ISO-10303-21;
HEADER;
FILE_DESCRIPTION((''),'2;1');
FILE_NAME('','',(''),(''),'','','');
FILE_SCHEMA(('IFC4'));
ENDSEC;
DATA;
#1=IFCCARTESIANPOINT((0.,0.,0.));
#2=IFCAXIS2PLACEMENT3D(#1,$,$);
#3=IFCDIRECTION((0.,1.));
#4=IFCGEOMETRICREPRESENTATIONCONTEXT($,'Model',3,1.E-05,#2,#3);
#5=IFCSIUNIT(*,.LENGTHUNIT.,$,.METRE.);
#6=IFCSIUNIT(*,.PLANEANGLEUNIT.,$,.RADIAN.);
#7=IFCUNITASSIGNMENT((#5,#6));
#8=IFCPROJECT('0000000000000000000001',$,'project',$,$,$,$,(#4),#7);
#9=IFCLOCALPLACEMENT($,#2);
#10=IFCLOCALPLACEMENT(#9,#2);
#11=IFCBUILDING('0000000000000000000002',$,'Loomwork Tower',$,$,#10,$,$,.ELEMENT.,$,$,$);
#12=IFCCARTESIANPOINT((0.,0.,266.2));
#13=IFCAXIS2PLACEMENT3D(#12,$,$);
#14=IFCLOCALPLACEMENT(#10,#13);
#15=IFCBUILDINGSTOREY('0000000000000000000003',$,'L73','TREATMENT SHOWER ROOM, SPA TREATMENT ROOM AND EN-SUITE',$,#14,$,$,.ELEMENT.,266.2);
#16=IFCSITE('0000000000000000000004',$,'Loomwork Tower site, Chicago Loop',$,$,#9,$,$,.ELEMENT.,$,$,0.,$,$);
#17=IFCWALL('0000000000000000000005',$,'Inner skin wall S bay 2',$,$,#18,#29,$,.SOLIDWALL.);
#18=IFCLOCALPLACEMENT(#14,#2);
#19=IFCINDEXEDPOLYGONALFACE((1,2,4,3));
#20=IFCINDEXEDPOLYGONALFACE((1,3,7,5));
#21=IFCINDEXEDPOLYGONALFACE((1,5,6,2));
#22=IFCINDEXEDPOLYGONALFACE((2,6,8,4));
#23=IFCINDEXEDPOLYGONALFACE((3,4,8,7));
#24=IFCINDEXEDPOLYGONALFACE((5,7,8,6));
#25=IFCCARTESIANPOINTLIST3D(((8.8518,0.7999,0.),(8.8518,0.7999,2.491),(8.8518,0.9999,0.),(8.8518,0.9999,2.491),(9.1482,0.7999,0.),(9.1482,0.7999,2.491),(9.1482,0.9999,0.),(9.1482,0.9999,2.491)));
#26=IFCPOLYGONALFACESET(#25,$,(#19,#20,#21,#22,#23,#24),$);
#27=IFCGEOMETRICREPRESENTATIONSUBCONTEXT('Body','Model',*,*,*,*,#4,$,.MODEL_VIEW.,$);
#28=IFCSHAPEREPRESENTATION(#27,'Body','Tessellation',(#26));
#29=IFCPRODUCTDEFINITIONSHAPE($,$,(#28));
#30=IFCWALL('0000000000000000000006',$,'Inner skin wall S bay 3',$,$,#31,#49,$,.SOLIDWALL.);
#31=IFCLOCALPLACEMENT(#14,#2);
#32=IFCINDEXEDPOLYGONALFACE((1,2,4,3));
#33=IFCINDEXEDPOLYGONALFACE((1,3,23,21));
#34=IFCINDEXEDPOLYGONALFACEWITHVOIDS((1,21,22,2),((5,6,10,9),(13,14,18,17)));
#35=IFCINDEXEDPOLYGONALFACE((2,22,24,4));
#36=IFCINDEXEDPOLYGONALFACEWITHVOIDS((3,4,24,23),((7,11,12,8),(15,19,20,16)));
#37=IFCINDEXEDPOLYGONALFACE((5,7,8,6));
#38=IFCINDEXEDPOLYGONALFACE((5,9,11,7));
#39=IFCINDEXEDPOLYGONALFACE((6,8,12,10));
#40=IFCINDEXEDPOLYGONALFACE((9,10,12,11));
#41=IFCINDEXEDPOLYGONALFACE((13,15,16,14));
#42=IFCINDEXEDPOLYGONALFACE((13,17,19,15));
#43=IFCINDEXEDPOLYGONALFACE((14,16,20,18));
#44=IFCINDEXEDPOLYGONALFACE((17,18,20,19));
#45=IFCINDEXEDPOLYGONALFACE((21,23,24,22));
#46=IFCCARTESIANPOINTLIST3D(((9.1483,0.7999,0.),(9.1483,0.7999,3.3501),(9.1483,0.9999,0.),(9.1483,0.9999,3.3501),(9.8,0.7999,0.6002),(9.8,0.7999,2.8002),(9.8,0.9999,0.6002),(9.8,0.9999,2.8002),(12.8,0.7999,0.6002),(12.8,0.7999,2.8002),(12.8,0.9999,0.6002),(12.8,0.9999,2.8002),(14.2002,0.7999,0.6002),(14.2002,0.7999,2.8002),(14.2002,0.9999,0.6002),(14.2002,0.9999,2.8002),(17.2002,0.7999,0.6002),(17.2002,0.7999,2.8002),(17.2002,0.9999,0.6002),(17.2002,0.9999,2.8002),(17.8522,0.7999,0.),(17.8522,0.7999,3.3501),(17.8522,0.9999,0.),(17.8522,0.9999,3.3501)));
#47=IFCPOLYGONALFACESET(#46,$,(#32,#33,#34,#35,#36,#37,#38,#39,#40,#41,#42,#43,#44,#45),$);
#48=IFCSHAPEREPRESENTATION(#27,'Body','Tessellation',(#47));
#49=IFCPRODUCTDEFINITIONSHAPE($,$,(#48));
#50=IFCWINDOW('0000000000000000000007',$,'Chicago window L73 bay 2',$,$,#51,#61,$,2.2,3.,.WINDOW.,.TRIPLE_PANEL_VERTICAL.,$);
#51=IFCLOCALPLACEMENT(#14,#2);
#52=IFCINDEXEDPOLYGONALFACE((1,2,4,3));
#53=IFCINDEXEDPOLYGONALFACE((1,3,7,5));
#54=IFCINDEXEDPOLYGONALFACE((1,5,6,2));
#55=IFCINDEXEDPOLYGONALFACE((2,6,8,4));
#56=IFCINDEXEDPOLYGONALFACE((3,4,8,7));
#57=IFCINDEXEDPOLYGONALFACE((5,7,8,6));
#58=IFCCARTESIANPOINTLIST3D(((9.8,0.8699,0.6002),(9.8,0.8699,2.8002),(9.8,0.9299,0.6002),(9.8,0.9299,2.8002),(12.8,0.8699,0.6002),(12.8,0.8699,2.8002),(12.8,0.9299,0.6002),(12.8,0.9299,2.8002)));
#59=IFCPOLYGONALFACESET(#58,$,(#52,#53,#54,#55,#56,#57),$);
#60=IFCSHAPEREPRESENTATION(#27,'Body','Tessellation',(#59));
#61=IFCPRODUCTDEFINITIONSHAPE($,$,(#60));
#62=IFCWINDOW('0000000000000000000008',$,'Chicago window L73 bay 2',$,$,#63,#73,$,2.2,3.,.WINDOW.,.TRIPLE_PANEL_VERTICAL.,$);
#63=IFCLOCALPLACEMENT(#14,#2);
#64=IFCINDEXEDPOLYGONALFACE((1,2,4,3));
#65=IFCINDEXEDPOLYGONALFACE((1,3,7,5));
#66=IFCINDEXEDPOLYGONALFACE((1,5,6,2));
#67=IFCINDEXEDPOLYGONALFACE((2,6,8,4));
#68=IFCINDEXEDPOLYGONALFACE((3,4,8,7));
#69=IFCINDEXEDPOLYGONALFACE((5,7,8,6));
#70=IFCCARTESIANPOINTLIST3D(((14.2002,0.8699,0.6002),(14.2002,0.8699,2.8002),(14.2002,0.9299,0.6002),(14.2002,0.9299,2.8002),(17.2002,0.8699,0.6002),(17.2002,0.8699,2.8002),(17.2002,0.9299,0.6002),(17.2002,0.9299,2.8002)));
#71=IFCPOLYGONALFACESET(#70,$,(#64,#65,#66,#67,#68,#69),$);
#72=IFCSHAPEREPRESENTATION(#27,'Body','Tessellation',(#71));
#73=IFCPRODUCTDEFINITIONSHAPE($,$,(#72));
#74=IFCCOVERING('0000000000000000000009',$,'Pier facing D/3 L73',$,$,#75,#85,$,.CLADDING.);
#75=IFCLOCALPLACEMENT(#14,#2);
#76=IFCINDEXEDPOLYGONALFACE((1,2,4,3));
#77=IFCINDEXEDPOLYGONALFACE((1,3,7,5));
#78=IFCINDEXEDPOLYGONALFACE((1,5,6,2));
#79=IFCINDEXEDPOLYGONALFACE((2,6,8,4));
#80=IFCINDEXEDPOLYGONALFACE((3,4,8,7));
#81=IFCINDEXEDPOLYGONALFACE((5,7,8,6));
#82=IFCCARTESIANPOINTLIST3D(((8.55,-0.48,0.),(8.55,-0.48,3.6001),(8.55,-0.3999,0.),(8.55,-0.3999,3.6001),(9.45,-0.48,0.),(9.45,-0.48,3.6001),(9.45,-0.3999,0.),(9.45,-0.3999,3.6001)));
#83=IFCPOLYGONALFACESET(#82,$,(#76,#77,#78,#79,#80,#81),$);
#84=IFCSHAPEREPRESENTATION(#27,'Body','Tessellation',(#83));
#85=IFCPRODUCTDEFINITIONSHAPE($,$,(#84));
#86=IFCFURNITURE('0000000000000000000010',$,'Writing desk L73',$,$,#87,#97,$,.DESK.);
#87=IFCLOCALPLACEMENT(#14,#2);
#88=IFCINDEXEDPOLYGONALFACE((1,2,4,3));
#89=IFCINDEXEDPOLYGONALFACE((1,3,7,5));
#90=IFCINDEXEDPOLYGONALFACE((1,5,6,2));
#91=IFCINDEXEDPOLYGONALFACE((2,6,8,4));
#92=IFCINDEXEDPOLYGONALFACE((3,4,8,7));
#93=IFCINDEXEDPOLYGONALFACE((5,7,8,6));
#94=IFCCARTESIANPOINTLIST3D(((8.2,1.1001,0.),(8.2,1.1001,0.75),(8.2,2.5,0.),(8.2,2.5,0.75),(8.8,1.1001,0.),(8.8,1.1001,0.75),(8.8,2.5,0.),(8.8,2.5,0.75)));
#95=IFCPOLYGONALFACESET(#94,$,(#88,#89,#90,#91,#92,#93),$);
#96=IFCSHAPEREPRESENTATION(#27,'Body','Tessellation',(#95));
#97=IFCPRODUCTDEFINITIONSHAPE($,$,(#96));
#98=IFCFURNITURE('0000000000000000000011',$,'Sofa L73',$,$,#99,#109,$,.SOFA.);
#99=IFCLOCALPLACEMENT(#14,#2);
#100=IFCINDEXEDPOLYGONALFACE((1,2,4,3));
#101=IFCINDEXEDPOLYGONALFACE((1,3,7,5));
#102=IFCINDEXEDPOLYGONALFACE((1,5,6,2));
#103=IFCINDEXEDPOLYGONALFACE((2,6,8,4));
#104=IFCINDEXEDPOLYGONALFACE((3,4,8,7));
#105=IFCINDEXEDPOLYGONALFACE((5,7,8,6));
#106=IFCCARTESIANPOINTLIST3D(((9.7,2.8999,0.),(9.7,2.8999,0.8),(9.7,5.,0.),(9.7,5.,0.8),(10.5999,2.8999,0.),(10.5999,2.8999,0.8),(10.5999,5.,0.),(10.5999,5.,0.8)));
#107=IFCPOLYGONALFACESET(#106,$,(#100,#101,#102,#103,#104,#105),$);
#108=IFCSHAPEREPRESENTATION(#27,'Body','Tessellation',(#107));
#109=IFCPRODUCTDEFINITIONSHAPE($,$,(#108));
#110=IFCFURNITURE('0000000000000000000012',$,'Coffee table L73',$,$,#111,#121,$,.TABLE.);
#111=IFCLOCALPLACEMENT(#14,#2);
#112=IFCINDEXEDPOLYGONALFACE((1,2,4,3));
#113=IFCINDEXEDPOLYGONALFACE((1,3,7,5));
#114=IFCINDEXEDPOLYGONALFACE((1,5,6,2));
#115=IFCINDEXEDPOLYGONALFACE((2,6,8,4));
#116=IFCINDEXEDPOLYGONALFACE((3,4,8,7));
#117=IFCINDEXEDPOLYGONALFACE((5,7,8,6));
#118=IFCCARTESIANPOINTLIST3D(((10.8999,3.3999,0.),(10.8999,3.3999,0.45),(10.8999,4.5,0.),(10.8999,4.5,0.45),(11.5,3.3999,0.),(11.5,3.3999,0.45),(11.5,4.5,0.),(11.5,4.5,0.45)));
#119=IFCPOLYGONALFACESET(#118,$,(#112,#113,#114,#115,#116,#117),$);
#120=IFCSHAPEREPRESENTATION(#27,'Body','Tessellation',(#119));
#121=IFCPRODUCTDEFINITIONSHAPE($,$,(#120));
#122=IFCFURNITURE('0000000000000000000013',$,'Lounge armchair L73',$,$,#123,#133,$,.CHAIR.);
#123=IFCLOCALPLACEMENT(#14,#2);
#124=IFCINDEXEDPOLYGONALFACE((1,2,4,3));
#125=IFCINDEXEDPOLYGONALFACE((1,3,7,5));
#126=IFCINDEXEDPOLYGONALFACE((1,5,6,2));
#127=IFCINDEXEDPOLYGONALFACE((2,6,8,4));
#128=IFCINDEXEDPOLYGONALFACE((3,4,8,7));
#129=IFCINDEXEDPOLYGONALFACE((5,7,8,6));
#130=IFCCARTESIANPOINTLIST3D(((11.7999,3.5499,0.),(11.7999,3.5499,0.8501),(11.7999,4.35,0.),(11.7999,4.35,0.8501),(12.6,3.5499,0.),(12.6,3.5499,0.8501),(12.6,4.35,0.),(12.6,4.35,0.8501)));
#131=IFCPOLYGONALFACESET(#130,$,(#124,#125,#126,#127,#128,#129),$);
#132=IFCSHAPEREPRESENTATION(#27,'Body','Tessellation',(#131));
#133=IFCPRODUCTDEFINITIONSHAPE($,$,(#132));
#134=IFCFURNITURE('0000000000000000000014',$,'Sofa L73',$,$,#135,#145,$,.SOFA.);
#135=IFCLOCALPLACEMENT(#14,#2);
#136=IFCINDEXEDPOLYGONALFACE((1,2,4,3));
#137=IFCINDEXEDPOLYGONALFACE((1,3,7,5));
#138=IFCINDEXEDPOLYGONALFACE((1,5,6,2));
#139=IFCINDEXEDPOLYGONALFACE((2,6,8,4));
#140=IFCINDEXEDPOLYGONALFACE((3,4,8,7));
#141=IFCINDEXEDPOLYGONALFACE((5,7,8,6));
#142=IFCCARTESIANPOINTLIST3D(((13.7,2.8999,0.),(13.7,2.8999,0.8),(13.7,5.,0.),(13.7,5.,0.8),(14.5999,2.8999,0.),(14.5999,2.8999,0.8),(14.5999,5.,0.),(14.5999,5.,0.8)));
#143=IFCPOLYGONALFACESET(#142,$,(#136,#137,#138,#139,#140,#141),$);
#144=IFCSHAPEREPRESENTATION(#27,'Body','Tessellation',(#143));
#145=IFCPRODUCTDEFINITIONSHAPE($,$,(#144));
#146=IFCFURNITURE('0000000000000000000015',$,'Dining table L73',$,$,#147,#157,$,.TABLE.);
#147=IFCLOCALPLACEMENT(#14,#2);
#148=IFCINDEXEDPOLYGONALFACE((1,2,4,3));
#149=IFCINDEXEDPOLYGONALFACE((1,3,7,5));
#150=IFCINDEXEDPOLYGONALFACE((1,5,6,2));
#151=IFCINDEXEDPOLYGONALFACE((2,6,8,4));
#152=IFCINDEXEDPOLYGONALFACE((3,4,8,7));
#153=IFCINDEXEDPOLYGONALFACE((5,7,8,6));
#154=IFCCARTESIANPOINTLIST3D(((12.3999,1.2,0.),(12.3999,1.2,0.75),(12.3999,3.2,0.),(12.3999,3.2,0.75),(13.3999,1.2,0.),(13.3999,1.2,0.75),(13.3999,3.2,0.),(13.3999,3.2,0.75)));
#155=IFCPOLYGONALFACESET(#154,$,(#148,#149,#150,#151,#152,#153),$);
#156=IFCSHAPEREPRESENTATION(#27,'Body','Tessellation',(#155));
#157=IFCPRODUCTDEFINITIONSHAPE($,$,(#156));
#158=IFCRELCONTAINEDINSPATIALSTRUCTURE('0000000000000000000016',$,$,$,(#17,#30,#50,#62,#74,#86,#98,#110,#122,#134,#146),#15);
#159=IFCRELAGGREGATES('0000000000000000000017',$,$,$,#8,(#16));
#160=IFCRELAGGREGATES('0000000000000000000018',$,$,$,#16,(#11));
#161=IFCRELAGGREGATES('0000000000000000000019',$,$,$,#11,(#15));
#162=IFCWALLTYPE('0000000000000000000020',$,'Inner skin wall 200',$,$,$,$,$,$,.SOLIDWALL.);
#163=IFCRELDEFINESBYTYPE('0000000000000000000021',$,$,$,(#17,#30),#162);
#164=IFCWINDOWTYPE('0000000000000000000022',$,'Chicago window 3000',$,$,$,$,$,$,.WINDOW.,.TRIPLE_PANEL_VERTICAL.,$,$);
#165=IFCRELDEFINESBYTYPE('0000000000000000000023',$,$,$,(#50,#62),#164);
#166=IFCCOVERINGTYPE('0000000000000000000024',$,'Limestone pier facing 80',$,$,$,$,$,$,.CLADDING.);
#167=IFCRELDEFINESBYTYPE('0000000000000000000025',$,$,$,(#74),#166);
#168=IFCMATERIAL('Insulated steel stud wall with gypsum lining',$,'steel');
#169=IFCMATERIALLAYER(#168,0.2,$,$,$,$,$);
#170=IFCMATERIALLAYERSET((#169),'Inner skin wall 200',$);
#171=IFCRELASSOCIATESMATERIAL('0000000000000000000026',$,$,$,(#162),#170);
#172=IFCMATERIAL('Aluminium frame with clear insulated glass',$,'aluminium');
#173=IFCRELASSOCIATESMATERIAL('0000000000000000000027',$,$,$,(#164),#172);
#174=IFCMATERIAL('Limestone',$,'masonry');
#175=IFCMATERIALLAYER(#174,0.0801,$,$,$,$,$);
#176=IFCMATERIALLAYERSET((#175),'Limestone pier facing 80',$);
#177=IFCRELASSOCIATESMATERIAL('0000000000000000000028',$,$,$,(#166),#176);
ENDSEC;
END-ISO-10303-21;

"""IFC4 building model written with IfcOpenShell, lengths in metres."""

from ifc_helpers import new_model, si_unit, direction, frame, frame_2d, origin, origin_2d, place, context, subcontext, project, spatial, rectangle, extrude, material, layer, layer_set, type_object, element, fill, save


model = new_model("IFC4")

# Units and contexts
model_context = context("Model", 3, precision=1e-05, world=origin(), true_north=direction((0.0, 1.0)))
body_context = subcontext(model_context, "Body", "Model", "MODEL_VIEW")
ifc_project = project(units=[si_unit("LENGTHUNIT", "METRE"), si_unit("PLANEANGLEUNIT", "RADIAN")], contexts=[model_context])

# Site, building, storey
site_placement = place(None, origin())
site = spatial("IfcSite", under=ifc_project, at=site_placement, Name="Loomwork Tower site, Chicago Loop", CompositionType="ELEMENT", RefElevation=0.0)
building_placement = place(site_placement, origin())
building = spatial("IfcBuilding", under=site, at=building_placement, Name="Loomwork Tower", CompositionType="ELEMENT")
storey_placement = place(building_placement, frame((0.0, 0.0, 266.2)))
storey = spatial("IfcBuildingStorey", under=building, at=storey_placement, Name="L73", Description="TREATMENT SHOWER ROOM, SPA TREATMENT ROOM AND EN-SUITE", CompositionType="ELEMENT", Elevation=266.2)

# Wall
ifc_material_1 = material(Name="Insulated steel stud wall with gypsum lining", Category="steel")
ifc_layer_1 = layer(ifc_material_1, 0.2)
ifc_layer_set_1 = layer_set([ifc_layer_1], Name="Inner skin wall 200")
wall_type_1 = type_object("IfcWallType", Name="Inner skin wall 200", PredefinedType="SOLIDWALL", material=ifc_layer_set_1)
wall_1_placement = place(storey_placement, frame((8.8518, 0.8999, 0.0), z_axis=(0.0, 0.0, 1.0), x_axis=(1.0, 0.0, 0.0)))
element("IfcWall", 1, at=wall_1_placement, inside=storey, type_object=wall_type_1, Name="Inner skin wall S bay 2", PredefinedType="SOLIDWALL", context=body_context, shape_type="SweptSolid", body=[
    extrude(rectangle(XDim=0.2964, YDim=0.2, at=frame_2d((0.1482, 0.0))), origin(), (0.0, 0.0, 1.0), 2.491),
])

# Wall, openings, windows
wall_2_placement = place(storey_placement, frame((9.1482, 0.8999, 0.0), z_axis=(0.0, 0.0, 1.0), x_axis=(1.0, 0.0, 0.0)))
wall_2 = element("IfcWall", 2, at=wall_2_placement, inside=storey, type_object=wall_type_1, Name="Inner skin wall S bay 3", PredefinedType="SOLIDWALL", context=body_context, shape_type="SweptSolid", body=[
    extrude(rectangle(XDim=8.7039, YDim=0.2, at=frame_2d((4.3521, 0.0))), origin(), (0.0, 0.0, 1.0), 3.3501),
])
opening_1_placement = place(wall_2_placement, frame((0.6519, 0.0, 0.6001)))
opening_1 = element("IfcOpeningElement", 3, at=opening_1_placement, cuts=wall_2, PredefinedType="OPENING", context=body_context, shape_type="SweptSolid", body=[
    extrude(rectangle(XDim=3.0, YDim=2.2, at=frame_2d((1.5, 1.1001))), frame((0.0, 0.1099, 0.0), z_axis=(0.0, -1.0, 0.0), x_axis=(1.0, 0.0, 0.0)), (0.0, 0.0, 1.0), 0.22),
])
opening_2_placement = place(wall_2_placement, frame((5.052, 0.0, 0.6001)))
opening_2 = element("IfcOpeningElement", 4, at=opening_2_placement, cuts=wall_2, PredefinedType="OPENING", context=body_context, shape_type="SweptSolid", body=[
    extrude(rectangle(XDim=3.0, YDim=2.2, at=frame_2d((1.5, 1.1001))), frame((0.0, 0.1099, 0.0), z_axis=(0.0, -1.0, 0.0), x_axis=(1.0, 0.0, 0.0)), (0.0, 0.0, 1.0), 0.22),
])
ifc_material_2 = material(Name="Aluminium frame with clear insulated glass", Category="aluminium")
window_type = type_object("IfcWindowType", Name="Chicago window 3000", PartitioningType="TRIPLE_PANEL_VERTICAL", PredefinedType="WINDOW", material=ifc_material_2)
window_1_placement = place(opening_1_placement, origin())
window_1 = element("IfcWindow", 5, at=window_1_placement, inside=storey, type_object=window_type, Name="Chicago window L73 bay 2", OverallHeight=2.2, OverallWidth=3.0, PartitioningType="TRIPLE_PANEL_VERTICAL", PredefinedType="WINDOW", context=body_context, shape_type="SweptSolid", body=[
    extrude(rectangle(XDim=3.0, YDim=2.2, at=frame_2d((1.5, 1.1001))), frame((0.0, 0.03, 0.0), z_axis=(0.0, -1.0, 0.0), x_axis=(1.0, 0.0, 0.0)), (0.0, 0.0, 1.0), 0.0601),
])
fill(opening_1, window_1)
window_2_placement = place(opening_2_placement, origin())
window_2 = element("IfcWindow", 6, at=window_2_placement, inside=storey, type_object=window_type, Name="Chicago window L73 bay 2", OverallHeight=2.2, OverallWidth=3.0, PartitioningType="TRIPLE_PANEL_VERTICAL", PredefinedType="WINDOW", context=body_context, shape_type="SweptSolid", body=[
    extrude(rectangle(XDim=3.0, YDim=2.2, at=frame_2d((1.5, 1.1001))), frame((0.0, 0.03, 0.0), z_axis=(0.0, -1.0, 0.0), x_axis=(1.0, 0.0, 0.0)), (0.0, 0.0, 1.0), 0.0601),
])
fill(opening_2, window_2)

# Covering
ifc_material_3 = material(Name="Limestone", Category="masonry")
ifc_layer_2 = layer(ifc_material_3, 0.0801)
ifc_layer_set_2 = layer_set([ifc_layer_2], Name="Limestone pier facing 80")
covering_type = type_object("IfcCoveringType", Name="Limestone pier facing 80", PredefinedType="CLADDING", material=ifc_layer_set_2)
covering_placement = place(storey_placement, frame((9.0, -0.4399, 0.0), z_axis=(0.0, 0.0, 1.0), x_axis=(1.0, 0.0, 0.0)))
element("IfcCovering", 7, at=covering_placement, inside=storey, type_object=covering_type, Name="Pier facing D/3 L73", PredefinedType="CLADDING", context=body_context, shape_type="SweptSolid", body=[
    extrude(rectangle(XDim=0.8999, YDim=0.0801, at=origin_2d()), origin(), (0.0, 0.0, 1.0), 3.6001),
])

# Furniture
furniture_1_placement = place(storey_placement, frame((8.5, 1.8, 0.0), z_axis=(0.0, 0.0, 1.0), x_axis=(1.0, 0.0, 0.0)))
element("IfcFurniture", 8, at=furniture_1_placement, inside=storey, Name="Writing desk L73", PredefinedType="DESK", context=body_context, shape_type="SweptSolid", body=[
    extrude(rectangle(XDim=0.6001, YDim=1.3999, at=origin_2d()), origin(), (0.0, 0.0, 1.0), 0.75),
])
furniture_2_placement = place(storey_placement, frame((10.1499, 3.95, 0.0), z_axis=(0.0, 0.0, 1.0), x_axis=(1.0, 0.0, 0.0)))
element("IfcFurniture", 9, at=furniture_2_placement, inside=storey, Name="Sofa L73", PredefinedType="SOFA", context=body_context, shape_type="SweptSolid", body=[
    extrude(rectangle(XDim=0.8999, YDim=2.1001, at=origin_2d()), origin(), (0.0, 0.0, 1.0), 0.8),
])
furniture_3_placement = place(storey_placement, frame((11.2, 3.95, 0.0), z_axis=(0.0, 0.0, 1.0), x_axis=(1.0, 0.0, 0.0)))
element("IfcFurniture", 10, at=furniture_3_placement, inside=storey, Name="Coffee table L73", PredefinedType="TABLE", context=body_context, shape_type="SweptSolid", body=[
    extrude(rectangle(XDim=0.6001, YDim=1.1001, at=origin_2d()), origin(), (0.0, 0.0, 1.0), 0.45),
])
furniture_4_placement = place(storey_placement, frame((12.2, 3.95, 0.0), z_axis=(0.0, 0.0, 1.0), x_axis=(1.0, 0.0, 0.0)))
element("IfcFurniture", 11, at=furniture_4_placement, inside=storey, Name="Lounge armchair L73", PredefinedType="CHAIR", context=body_context, shape_type="SweptSolid", body=[
    extrude(rectangle(XDim=0.8, YDim=0.8, at=origin_2d()), origin(), (0.0, 0.0, 1.0), 0.8501),
])
furniture_5_placement = place(storey_placement, frame((14.1499, 3.95, 0.0), z_axis=(0.0, 0.0, 1.0), x_axis=(1.0, 0.0, 0.0)))
element("IfcFurniture", 12, at=furniture_5_placement, inside=storey, Name="Sofa L73", PredefinedType="SOFA", context=body_context, shape_type="SweptSolid", body=[
    extrude(rectangle(XDim=0.8999, YDim=2.1001, at=origin_2d()), origin(), (0.0, 0.0, 1.0), 0.8),
])
furniture_6_placement = place(storey_placement, frame((12.8999, 2.2, 0.0), z_axis=(0.0, 0.0, 1.0), x_axis=(1.0, 0.0, 0.0)))
element("IfcFurniture", 13, at=furniture_6_placement, inside=storey, Name="Dining table L73", PredefinedType="TABLE", context=body_context, shape_type="SweptSolid", body=[
    extrude(rectangle(XDim=1.0, YDim=2.0, at=origin_2d()), origin(), (0.0, 0.0, 1.0), 0.75),
])

save(model, "model.ifc")
